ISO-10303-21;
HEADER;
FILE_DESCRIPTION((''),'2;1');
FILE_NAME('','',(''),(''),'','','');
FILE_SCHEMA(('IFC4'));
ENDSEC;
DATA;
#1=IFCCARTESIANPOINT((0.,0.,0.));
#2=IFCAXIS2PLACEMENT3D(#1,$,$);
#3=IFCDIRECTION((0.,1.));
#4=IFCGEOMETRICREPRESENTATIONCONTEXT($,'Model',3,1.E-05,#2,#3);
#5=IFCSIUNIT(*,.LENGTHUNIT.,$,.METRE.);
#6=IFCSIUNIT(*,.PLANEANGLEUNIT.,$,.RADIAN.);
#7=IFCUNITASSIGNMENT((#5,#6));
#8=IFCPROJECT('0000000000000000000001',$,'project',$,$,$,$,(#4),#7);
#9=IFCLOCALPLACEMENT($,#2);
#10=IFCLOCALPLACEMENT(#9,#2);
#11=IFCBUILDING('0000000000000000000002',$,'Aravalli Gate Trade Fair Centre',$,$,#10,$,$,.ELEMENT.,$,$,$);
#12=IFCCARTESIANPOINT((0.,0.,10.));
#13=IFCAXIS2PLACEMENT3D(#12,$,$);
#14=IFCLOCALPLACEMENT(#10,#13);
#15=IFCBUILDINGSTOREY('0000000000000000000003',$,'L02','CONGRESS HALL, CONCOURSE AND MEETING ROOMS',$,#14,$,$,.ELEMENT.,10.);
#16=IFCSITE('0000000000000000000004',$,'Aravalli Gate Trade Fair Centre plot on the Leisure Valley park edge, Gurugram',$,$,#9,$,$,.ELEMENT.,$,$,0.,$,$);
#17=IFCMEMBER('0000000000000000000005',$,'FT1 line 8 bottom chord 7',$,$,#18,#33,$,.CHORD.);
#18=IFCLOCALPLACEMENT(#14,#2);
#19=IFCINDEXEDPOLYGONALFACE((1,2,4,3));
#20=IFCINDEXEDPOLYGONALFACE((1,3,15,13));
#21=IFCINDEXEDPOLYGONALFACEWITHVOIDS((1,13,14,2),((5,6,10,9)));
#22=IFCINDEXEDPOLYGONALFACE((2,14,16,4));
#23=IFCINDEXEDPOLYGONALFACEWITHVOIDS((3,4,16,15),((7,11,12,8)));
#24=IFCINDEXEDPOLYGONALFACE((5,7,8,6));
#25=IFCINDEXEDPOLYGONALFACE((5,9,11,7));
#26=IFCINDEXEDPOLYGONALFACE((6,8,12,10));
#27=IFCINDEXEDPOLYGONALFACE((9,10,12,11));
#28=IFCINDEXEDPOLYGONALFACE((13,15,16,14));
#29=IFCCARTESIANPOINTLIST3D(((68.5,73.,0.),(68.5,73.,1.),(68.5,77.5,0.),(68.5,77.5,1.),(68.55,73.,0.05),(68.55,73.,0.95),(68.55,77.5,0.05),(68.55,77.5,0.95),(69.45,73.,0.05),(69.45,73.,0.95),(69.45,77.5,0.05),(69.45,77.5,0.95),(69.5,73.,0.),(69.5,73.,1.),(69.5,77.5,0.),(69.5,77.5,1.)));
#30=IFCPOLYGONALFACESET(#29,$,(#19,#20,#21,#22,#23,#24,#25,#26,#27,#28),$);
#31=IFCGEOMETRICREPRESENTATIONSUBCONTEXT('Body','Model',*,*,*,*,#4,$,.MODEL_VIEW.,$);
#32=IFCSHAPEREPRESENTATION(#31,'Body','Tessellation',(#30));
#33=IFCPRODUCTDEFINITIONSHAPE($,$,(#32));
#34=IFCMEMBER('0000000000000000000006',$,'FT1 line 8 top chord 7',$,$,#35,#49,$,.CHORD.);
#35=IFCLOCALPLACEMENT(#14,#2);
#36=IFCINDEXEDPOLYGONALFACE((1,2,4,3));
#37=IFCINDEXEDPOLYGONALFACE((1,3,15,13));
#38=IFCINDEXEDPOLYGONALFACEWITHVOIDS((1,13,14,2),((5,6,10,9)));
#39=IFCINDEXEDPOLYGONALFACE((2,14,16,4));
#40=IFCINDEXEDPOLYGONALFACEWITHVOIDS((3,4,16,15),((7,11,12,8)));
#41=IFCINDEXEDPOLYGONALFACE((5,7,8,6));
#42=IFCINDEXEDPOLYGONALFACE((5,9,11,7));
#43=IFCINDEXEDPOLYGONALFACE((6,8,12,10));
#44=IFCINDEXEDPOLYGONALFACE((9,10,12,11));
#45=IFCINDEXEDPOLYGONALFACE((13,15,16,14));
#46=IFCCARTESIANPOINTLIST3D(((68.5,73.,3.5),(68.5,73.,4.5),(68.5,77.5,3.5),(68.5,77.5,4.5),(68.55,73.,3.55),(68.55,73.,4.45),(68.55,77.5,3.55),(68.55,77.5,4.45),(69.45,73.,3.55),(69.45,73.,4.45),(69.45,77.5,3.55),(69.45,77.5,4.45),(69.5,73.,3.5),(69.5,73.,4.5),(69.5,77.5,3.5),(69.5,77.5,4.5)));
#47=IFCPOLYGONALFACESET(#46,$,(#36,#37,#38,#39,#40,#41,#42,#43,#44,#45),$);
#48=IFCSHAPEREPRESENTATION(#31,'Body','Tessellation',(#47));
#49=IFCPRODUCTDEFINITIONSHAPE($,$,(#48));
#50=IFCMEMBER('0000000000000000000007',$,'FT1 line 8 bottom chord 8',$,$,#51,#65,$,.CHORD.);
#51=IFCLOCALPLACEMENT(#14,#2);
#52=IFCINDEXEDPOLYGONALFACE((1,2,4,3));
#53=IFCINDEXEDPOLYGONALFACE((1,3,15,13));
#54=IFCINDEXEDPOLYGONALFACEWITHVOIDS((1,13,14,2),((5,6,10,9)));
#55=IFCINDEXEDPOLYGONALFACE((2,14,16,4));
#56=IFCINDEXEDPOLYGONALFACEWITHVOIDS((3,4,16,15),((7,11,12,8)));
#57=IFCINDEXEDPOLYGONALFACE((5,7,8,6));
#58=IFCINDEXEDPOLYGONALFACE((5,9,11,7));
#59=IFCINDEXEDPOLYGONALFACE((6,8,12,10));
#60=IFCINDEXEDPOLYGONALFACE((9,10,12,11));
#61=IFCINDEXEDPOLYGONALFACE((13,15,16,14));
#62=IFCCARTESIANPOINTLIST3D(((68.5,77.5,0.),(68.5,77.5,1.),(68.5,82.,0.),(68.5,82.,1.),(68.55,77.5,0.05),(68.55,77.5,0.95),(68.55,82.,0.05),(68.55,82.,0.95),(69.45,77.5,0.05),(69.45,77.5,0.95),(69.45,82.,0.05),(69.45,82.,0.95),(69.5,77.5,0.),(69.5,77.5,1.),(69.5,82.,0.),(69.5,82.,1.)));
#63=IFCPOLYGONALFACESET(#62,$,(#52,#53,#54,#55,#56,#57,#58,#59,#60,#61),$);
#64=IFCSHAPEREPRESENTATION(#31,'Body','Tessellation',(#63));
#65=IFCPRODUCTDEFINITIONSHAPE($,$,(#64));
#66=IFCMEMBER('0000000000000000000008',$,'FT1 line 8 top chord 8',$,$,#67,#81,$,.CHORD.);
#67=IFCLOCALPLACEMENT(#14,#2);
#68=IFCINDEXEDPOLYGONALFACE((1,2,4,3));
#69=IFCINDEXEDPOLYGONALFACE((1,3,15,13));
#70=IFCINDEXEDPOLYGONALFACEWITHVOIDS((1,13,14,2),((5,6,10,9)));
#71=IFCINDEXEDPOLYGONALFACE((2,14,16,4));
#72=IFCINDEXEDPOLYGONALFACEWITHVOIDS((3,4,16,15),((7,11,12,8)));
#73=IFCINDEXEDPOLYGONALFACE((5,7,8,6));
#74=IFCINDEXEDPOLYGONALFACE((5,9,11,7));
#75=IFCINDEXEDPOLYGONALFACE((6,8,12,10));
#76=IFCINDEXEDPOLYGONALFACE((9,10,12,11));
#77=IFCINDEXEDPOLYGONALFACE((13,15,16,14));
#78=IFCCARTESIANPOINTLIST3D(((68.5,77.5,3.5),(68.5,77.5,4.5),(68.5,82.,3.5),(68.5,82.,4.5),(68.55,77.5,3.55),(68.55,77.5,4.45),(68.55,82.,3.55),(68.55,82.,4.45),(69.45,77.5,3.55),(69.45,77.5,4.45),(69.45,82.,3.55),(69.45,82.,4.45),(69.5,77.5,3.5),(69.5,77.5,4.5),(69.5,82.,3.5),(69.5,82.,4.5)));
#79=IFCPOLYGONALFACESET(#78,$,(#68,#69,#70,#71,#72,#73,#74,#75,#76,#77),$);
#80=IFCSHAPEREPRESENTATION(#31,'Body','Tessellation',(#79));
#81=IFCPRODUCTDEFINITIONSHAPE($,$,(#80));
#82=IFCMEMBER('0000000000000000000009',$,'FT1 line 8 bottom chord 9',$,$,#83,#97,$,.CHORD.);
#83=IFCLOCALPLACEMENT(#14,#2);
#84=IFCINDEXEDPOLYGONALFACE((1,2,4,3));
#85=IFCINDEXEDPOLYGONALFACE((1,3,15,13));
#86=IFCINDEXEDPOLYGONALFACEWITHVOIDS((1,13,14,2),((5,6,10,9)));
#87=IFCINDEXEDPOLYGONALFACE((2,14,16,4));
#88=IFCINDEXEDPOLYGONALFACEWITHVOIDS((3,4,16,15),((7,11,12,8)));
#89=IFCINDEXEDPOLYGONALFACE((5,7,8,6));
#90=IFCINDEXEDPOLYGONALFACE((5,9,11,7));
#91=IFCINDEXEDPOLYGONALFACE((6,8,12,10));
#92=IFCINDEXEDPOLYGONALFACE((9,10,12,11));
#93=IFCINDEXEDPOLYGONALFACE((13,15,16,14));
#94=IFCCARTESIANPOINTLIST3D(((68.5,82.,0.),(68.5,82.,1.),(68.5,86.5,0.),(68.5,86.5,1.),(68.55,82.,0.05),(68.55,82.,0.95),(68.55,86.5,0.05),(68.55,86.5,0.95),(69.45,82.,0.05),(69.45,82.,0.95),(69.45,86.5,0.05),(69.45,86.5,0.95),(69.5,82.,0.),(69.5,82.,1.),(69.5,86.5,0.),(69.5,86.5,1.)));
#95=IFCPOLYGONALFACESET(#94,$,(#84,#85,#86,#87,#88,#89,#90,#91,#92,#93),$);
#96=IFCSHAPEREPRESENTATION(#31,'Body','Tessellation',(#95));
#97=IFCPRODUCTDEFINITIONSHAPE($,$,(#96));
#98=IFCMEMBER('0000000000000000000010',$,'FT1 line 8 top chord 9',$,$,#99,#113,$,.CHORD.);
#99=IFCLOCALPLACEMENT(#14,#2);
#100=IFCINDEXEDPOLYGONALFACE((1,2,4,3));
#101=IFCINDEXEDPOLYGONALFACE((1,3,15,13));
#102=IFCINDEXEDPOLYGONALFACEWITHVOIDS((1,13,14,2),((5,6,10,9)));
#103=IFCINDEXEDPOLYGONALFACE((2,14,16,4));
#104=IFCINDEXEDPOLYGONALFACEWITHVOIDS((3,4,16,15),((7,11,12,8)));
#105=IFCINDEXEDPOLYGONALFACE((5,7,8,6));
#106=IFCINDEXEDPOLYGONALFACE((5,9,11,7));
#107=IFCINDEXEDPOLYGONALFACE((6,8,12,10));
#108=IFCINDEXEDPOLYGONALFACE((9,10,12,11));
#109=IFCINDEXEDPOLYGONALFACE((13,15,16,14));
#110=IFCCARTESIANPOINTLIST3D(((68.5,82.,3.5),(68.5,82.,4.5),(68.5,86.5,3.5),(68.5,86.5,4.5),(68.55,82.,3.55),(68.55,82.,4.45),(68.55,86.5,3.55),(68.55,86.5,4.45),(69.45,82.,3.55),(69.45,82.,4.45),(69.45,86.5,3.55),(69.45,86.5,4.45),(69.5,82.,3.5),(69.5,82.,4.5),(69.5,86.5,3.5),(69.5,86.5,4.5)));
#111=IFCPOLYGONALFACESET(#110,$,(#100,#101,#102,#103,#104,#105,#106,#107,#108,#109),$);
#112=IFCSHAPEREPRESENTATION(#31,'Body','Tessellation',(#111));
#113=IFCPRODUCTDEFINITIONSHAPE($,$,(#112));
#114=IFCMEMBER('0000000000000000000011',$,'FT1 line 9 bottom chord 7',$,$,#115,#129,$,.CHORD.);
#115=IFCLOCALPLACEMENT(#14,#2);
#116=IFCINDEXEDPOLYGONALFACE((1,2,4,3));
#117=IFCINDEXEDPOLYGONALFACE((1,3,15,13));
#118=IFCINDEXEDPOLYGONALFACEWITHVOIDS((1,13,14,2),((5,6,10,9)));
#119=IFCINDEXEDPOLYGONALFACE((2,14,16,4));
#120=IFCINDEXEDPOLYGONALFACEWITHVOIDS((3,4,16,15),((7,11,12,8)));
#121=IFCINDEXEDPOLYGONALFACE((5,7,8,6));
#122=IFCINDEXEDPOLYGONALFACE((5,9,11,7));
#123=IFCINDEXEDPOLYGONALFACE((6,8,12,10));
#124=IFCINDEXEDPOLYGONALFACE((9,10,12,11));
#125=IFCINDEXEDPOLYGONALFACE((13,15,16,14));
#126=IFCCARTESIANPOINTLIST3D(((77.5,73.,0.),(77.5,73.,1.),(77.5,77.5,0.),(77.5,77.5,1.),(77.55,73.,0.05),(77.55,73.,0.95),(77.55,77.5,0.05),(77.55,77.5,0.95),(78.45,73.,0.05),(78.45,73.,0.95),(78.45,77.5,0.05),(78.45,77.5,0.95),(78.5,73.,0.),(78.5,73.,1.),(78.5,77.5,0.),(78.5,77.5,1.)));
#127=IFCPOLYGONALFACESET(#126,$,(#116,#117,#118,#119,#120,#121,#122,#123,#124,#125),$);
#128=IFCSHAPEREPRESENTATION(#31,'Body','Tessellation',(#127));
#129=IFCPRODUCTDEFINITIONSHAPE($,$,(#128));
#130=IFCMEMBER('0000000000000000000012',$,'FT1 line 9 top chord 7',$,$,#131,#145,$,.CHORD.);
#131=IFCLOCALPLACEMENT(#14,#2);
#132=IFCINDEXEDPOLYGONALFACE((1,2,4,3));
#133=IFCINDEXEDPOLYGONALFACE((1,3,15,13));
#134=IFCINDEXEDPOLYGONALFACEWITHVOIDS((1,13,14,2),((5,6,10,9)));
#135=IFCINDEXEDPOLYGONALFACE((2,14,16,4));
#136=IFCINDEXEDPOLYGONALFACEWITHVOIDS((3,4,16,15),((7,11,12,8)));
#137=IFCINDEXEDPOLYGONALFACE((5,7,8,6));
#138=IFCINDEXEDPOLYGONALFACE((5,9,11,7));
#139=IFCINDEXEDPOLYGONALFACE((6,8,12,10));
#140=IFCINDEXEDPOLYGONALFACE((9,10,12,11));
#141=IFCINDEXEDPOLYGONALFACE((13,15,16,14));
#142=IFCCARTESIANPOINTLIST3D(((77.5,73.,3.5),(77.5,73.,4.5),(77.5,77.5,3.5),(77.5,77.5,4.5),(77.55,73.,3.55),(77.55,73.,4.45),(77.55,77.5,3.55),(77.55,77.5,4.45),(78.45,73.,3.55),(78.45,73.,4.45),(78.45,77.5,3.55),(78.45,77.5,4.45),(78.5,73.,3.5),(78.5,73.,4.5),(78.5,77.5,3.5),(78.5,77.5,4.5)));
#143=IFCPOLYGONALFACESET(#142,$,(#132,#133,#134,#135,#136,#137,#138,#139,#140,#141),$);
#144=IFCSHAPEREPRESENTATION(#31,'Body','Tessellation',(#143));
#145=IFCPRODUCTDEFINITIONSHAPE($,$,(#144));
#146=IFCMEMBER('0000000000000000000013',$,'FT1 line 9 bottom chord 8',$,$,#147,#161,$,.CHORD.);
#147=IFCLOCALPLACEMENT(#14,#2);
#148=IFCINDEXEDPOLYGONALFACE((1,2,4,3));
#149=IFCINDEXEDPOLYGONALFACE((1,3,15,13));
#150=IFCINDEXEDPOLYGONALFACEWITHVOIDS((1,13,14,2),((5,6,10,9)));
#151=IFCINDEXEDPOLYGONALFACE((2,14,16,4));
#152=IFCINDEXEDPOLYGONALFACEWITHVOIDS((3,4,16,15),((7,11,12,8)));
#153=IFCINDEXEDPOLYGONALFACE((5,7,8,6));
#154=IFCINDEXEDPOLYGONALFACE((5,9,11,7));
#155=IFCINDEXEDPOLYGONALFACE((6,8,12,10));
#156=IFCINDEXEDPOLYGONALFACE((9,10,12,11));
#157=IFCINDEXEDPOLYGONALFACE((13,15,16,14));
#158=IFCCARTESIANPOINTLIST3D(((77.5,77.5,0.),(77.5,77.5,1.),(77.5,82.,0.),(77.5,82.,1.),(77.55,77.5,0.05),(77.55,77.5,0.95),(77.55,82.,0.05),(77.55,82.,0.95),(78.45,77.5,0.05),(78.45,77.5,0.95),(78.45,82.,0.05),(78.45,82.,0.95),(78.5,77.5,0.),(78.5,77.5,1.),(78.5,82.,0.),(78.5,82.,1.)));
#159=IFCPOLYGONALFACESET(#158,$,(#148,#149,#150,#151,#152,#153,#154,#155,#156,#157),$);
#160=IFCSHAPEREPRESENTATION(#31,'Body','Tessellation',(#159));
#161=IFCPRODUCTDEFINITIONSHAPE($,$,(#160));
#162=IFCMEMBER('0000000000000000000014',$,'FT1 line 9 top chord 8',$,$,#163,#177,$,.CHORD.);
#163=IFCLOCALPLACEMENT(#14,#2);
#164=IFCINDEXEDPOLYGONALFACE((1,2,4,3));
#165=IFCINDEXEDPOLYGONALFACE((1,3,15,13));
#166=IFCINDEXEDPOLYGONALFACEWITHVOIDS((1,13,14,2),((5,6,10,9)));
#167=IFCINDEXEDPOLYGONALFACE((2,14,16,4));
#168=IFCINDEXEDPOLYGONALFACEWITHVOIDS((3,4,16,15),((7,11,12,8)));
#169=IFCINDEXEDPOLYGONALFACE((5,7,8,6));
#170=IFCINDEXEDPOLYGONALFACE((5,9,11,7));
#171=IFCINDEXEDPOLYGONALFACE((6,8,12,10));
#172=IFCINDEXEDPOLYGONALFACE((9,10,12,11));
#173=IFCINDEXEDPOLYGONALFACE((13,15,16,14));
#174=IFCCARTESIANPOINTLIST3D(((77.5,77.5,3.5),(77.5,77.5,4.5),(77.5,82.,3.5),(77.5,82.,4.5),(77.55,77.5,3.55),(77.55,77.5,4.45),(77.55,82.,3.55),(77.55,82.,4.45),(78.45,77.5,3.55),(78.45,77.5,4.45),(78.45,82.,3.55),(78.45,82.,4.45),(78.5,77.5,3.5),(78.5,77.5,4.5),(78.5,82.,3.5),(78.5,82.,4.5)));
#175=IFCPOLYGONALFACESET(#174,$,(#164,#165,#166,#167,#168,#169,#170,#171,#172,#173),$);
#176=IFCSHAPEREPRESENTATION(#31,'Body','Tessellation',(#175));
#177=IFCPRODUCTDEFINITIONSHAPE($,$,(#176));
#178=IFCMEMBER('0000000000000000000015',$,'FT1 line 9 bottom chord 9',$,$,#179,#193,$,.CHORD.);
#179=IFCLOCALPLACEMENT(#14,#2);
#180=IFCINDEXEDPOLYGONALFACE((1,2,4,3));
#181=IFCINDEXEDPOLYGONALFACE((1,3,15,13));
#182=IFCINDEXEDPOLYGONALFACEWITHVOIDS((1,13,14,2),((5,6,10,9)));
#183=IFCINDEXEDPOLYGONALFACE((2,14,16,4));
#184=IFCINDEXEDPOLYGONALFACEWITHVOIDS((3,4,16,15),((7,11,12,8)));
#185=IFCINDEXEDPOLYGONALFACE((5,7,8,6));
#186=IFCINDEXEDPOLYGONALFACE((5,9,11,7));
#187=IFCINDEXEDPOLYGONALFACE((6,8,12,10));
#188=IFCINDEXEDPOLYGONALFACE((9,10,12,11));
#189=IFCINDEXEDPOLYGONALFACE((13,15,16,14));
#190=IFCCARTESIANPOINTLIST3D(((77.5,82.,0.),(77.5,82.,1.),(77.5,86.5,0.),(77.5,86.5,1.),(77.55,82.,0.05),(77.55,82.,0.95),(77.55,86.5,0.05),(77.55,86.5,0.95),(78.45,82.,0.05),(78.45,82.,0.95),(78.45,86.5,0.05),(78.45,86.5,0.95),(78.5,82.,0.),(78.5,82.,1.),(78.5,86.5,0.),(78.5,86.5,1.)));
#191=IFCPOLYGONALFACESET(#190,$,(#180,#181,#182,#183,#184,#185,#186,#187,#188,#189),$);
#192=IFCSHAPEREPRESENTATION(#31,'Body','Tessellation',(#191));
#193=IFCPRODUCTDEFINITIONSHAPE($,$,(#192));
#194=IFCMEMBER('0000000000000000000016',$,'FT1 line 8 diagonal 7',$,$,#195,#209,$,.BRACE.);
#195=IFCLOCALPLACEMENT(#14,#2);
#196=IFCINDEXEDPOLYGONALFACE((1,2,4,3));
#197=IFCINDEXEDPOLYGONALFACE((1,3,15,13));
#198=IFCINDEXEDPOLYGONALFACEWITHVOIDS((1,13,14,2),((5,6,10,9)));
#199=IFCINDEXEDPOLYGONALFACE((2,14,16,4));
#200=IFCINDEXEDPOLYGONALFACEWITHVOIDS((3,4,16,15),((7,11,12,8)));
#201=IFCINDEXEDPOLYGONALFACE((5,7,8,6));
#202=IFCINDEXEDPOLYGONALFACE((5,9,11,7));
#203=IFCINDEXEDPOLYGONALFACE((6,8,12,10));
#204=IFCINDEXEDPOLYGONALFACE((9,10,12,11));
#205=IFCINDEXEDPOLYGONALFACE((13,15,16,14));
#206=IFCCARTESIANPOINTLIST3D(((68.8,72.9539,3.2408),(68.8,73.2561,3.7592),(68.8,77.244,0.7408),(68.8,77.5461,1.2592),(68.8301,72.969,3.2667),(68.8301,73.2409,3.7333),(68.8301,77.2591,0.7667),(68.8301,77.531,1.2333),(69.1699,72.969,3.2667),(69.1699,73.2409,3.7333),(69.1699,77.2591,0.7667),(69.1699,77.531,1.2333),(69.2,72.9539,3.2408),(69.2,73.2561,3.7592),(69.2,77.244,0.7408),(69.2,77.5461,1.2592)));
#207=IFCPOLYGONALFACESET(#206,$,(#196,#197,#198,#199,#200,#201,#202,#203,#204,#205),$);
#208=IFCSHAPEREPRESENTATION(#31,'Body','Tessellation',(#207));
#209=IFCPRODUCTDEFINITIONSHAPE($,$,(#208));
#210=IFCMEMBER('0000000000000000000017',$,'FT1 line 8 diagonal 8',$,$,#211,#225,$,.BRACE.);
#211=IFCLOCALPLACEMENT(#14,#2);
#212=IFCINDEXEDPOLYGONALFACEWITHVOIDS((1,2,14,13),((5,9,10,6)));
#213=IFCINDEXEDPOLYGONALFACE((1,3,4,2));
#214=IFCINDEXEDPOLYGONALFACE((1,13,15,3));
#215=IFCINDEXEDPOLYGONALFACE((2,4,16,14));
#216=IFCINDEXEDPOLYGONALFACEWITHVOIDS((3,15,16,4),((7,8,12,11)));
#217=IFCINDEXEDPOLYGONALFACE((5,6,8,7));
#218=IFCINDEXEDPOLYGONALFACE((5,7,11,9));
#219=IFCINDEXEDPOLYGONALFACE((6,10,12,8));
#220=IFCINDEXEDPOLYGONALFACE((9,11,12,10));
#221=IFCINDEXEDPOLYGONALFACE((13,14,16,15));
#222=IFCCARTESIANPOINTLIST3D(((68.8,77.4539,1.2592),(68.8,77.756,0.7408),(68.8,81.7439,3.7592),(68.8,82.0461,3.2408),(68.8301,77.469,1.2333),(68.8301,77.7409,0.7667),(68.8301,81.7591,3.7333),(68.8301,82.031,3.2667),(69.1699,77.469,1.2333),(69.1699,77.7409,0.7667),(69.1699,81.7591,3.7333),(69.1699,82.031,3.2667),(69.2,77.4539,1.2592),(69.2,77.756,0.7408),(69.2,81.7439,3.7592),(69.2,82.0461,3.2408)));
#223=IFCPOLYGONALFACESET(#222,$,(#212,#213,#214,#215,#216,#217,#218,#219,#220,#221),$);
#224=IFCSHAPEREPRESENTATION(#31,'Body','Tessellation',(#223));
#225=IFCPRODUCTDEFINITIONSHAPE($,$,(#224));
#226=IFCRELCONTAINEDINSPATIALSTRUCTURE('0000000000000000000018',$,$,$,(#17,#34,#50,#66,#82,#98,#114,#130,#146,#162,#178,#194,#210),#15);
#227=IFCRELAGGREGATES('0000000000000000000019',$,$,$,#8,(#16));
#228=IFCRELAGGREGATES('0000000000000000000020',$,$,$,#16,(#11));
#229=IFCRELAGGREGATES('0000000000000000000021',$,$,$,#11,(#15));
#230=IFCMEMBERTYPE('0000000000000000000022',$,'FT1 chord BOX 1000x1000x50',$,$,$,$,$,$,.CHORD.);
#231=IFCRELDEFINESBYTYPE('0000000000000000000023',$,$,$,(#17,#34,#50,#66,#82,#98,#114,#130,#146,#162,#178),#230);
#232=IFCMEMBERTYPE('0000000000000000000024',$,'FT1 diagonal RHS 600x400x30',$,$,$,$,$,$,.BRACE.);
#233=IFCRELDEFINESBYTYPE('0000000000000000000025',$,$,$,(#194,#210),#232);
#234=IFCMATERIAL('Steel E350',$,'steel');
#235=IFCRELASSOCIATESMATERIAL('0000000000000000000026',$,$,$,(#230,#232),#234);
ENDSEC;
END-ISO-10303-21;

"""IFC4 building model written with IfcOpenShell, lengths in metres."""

from ifc_helpers import new_model, si_unit, direction, frame, origin, origin_2d, place, context, subcontext, project, spatial, hollow_rectangle, extrude, material, material_profile, profile_set, type_object, element, save


model = new_model("IFC4")

# Units and contexts
model_context = context("Model", 3, precision=1e-05, world=origin(), true_north=direction((0.0, 1.0)))
body_context = subcontext(model_context, "Body", "Model", "MODEL_VIEW")
ifc_project = project(units=[si_unit("LENGTHUNIT", "METRE"), si_unit("PLANEANGLEUNIT", "RADIAN")], contexts=[model_context])

# Site, building, storey
site_placement = place(None, origin())
site = spatial("IfcSite", under=ifc_project, at=site_placement, Name="Aravalli Gate Trade Fair Centre plot on the Leisure Valley park edge, Gurugram", CompositionType="ELEMENT", RefElevation=0.0)
building_placement = place(site_placement, origin())
building = spatial("IfcBuilding", under=site, at=building_placement, Name="Aravalli Gate Trade Fair Centre", CompositionType="ELEMENT")
storey_placement = place(building_placement, frame((0.0, 0.0, 10.0)))
storey = spatial("IfcBuildingStorey", under=building, at=storey_placement, Name="L02", Description="CONGRESS HALL, CONCOURSE AND MEETING ROOMS", CompositionType="ELEMENT", Elevation=10.0)

# Members
ifc_material = material(Name="Steel E350", Category="steel")
ifc_material_profile_1 = material_profile(ifc_material, hollow_rectangle(XDim=1.0, YDim=1.0, WallThickness=0.05, at=origin_2d()), Name="BOX 1000x1000x50")
ifc_profile_set_1 = profile_set([ifc_material_profile_1], Name="Steel E350")
member_type_1 = type_object("IfcMemberType", Name="FT1 chord BOX 1000x1000x50", PredefinedType="CHORD", material=ifc_profile_set_1)
for number, where, z_axis, x_axis, name in (
    (1, (69.0, 73.0, 0.5), (0.0, 1.0, 0.0), (-1.0, 0.0, 0.0), "FT1 line 8 bottom chord 7"),
    (2, (69.0, 73.0, 4.0), (0.0, 1.0, 0.0), (-1.0, 0.0, 0.0), "FT1 line 8 top chord 7"),
    (3, (69.0, 77.5, 0.5), (0.0, 1.0, 0.0), (-1.0, 0.0, 0.0), "FT1 line 8 bottom chord 8"),
    (4, (69.0, 77.5, 4.0), (0.0, 1.0, 0.0), (-1.0, 0.0, 0.0), "FT1 line 8 top chord 8"),
    (5, (69.0, 82.0, 0.5), (0.0, 1.0, 0.0), (-1.0, 0.0, 0.0), "FT1 line 8 bottom chord 9"),
    (6, (69.0, 82.0, 4.0), (0.0, 1.0, 0.0), (-1.0, 0.0, 0.0), "FT1 line 8 top chord 9"),
    (7, (78.0, 73.0, 0.5), (0.0, 1.0, 0.0), (-1.0, 0.0, 0.0), "FT1 line 9 bottom chord 7"),
    (8, (78.0, 73.0, 4.0), (0.0, 1.0, 0.0), (-1.0, 0.0, 0.0), "FT1 line 9 top chord 7"),
    (9, (78.0, 77.5, 0.5), (0.0, 1.0, 0.0), (-1.0, 0.0, 0.0), "FT1 line 9 bottom chord 8"),
    (10, (78.0, 77.5, 4.0), (0.0, 1.0, 0.0), (-1.0, 0.0, 0.0), "FT1 line 9 top chord 8"),
    (11, (78.0, 82.0, 0.5), (0.0, 1.0, 0.0), (-1.0, 0.0, 0.0), "FT1 line 9 bottom chord 9"),
):
    element("IfcMember", number, at=place(storey_placement, frame(where, z_axis=z_axis, x_axis=x_axis)), inside=storey, type_object=member_type_1, Name=name, PredefinedType="CHORD", context=body_context, shape_type="SweptSolid", body=[
        extrude(hollow_rectangle(XDim=1.0, YDim=1.0, WallThickness=0.05, at=origin_2d()), origin(), (0.0, 0.0, 1.0), 4.5),
    ])
ifc_material_profile_2 = material_profile(ifc_material, hollow_rectangle(XDim=0.3999, YDim=0.6001, WallThickness=0.03, at=origin_2d()), Name="RHS 600x400x30")
ifc_profile_set_2 = profile_set([ifc_material_profile_2], Name="Steel E350")
member_type_2 = type_object("IfcMemberType", Name="FT1 diagonal RHS 600x400x30", PredefinedType="BRACE", material=ifc_profile_set_2)
for number, where, z_axis, x_axis, name in (
    (12, (69.0, 73.105, 3.5), (0.0, 0.864, -0.503492), (-1.0, 0.0, 0.0), "FT1 line 8 diagonal 7"),
    (13, (69.0, 81.895, 3.5), (0.0, -0.864, -0.503492), (1.0, 0.0, 0.0), "FT1 line 8 diagonal 8"),
):
    element("IfcMember", number, at=place(storey_placement, frame(where, z_axis=z_axis, x_axis=x_axis)), inside=storey, type_object=member_type_2, Name=name, PredefinedType="BRACE", context=body_context, shape_type="SweptSolid", body=[
        extrude(hollow_rectangle(XDim=0.3999, YDim=0.6001, WallThickness=0.03, at=origin_2d()), origin(), (0.0, 0.0, 1.0), 4.9653),
    ])

save(model, "model.ifc")
